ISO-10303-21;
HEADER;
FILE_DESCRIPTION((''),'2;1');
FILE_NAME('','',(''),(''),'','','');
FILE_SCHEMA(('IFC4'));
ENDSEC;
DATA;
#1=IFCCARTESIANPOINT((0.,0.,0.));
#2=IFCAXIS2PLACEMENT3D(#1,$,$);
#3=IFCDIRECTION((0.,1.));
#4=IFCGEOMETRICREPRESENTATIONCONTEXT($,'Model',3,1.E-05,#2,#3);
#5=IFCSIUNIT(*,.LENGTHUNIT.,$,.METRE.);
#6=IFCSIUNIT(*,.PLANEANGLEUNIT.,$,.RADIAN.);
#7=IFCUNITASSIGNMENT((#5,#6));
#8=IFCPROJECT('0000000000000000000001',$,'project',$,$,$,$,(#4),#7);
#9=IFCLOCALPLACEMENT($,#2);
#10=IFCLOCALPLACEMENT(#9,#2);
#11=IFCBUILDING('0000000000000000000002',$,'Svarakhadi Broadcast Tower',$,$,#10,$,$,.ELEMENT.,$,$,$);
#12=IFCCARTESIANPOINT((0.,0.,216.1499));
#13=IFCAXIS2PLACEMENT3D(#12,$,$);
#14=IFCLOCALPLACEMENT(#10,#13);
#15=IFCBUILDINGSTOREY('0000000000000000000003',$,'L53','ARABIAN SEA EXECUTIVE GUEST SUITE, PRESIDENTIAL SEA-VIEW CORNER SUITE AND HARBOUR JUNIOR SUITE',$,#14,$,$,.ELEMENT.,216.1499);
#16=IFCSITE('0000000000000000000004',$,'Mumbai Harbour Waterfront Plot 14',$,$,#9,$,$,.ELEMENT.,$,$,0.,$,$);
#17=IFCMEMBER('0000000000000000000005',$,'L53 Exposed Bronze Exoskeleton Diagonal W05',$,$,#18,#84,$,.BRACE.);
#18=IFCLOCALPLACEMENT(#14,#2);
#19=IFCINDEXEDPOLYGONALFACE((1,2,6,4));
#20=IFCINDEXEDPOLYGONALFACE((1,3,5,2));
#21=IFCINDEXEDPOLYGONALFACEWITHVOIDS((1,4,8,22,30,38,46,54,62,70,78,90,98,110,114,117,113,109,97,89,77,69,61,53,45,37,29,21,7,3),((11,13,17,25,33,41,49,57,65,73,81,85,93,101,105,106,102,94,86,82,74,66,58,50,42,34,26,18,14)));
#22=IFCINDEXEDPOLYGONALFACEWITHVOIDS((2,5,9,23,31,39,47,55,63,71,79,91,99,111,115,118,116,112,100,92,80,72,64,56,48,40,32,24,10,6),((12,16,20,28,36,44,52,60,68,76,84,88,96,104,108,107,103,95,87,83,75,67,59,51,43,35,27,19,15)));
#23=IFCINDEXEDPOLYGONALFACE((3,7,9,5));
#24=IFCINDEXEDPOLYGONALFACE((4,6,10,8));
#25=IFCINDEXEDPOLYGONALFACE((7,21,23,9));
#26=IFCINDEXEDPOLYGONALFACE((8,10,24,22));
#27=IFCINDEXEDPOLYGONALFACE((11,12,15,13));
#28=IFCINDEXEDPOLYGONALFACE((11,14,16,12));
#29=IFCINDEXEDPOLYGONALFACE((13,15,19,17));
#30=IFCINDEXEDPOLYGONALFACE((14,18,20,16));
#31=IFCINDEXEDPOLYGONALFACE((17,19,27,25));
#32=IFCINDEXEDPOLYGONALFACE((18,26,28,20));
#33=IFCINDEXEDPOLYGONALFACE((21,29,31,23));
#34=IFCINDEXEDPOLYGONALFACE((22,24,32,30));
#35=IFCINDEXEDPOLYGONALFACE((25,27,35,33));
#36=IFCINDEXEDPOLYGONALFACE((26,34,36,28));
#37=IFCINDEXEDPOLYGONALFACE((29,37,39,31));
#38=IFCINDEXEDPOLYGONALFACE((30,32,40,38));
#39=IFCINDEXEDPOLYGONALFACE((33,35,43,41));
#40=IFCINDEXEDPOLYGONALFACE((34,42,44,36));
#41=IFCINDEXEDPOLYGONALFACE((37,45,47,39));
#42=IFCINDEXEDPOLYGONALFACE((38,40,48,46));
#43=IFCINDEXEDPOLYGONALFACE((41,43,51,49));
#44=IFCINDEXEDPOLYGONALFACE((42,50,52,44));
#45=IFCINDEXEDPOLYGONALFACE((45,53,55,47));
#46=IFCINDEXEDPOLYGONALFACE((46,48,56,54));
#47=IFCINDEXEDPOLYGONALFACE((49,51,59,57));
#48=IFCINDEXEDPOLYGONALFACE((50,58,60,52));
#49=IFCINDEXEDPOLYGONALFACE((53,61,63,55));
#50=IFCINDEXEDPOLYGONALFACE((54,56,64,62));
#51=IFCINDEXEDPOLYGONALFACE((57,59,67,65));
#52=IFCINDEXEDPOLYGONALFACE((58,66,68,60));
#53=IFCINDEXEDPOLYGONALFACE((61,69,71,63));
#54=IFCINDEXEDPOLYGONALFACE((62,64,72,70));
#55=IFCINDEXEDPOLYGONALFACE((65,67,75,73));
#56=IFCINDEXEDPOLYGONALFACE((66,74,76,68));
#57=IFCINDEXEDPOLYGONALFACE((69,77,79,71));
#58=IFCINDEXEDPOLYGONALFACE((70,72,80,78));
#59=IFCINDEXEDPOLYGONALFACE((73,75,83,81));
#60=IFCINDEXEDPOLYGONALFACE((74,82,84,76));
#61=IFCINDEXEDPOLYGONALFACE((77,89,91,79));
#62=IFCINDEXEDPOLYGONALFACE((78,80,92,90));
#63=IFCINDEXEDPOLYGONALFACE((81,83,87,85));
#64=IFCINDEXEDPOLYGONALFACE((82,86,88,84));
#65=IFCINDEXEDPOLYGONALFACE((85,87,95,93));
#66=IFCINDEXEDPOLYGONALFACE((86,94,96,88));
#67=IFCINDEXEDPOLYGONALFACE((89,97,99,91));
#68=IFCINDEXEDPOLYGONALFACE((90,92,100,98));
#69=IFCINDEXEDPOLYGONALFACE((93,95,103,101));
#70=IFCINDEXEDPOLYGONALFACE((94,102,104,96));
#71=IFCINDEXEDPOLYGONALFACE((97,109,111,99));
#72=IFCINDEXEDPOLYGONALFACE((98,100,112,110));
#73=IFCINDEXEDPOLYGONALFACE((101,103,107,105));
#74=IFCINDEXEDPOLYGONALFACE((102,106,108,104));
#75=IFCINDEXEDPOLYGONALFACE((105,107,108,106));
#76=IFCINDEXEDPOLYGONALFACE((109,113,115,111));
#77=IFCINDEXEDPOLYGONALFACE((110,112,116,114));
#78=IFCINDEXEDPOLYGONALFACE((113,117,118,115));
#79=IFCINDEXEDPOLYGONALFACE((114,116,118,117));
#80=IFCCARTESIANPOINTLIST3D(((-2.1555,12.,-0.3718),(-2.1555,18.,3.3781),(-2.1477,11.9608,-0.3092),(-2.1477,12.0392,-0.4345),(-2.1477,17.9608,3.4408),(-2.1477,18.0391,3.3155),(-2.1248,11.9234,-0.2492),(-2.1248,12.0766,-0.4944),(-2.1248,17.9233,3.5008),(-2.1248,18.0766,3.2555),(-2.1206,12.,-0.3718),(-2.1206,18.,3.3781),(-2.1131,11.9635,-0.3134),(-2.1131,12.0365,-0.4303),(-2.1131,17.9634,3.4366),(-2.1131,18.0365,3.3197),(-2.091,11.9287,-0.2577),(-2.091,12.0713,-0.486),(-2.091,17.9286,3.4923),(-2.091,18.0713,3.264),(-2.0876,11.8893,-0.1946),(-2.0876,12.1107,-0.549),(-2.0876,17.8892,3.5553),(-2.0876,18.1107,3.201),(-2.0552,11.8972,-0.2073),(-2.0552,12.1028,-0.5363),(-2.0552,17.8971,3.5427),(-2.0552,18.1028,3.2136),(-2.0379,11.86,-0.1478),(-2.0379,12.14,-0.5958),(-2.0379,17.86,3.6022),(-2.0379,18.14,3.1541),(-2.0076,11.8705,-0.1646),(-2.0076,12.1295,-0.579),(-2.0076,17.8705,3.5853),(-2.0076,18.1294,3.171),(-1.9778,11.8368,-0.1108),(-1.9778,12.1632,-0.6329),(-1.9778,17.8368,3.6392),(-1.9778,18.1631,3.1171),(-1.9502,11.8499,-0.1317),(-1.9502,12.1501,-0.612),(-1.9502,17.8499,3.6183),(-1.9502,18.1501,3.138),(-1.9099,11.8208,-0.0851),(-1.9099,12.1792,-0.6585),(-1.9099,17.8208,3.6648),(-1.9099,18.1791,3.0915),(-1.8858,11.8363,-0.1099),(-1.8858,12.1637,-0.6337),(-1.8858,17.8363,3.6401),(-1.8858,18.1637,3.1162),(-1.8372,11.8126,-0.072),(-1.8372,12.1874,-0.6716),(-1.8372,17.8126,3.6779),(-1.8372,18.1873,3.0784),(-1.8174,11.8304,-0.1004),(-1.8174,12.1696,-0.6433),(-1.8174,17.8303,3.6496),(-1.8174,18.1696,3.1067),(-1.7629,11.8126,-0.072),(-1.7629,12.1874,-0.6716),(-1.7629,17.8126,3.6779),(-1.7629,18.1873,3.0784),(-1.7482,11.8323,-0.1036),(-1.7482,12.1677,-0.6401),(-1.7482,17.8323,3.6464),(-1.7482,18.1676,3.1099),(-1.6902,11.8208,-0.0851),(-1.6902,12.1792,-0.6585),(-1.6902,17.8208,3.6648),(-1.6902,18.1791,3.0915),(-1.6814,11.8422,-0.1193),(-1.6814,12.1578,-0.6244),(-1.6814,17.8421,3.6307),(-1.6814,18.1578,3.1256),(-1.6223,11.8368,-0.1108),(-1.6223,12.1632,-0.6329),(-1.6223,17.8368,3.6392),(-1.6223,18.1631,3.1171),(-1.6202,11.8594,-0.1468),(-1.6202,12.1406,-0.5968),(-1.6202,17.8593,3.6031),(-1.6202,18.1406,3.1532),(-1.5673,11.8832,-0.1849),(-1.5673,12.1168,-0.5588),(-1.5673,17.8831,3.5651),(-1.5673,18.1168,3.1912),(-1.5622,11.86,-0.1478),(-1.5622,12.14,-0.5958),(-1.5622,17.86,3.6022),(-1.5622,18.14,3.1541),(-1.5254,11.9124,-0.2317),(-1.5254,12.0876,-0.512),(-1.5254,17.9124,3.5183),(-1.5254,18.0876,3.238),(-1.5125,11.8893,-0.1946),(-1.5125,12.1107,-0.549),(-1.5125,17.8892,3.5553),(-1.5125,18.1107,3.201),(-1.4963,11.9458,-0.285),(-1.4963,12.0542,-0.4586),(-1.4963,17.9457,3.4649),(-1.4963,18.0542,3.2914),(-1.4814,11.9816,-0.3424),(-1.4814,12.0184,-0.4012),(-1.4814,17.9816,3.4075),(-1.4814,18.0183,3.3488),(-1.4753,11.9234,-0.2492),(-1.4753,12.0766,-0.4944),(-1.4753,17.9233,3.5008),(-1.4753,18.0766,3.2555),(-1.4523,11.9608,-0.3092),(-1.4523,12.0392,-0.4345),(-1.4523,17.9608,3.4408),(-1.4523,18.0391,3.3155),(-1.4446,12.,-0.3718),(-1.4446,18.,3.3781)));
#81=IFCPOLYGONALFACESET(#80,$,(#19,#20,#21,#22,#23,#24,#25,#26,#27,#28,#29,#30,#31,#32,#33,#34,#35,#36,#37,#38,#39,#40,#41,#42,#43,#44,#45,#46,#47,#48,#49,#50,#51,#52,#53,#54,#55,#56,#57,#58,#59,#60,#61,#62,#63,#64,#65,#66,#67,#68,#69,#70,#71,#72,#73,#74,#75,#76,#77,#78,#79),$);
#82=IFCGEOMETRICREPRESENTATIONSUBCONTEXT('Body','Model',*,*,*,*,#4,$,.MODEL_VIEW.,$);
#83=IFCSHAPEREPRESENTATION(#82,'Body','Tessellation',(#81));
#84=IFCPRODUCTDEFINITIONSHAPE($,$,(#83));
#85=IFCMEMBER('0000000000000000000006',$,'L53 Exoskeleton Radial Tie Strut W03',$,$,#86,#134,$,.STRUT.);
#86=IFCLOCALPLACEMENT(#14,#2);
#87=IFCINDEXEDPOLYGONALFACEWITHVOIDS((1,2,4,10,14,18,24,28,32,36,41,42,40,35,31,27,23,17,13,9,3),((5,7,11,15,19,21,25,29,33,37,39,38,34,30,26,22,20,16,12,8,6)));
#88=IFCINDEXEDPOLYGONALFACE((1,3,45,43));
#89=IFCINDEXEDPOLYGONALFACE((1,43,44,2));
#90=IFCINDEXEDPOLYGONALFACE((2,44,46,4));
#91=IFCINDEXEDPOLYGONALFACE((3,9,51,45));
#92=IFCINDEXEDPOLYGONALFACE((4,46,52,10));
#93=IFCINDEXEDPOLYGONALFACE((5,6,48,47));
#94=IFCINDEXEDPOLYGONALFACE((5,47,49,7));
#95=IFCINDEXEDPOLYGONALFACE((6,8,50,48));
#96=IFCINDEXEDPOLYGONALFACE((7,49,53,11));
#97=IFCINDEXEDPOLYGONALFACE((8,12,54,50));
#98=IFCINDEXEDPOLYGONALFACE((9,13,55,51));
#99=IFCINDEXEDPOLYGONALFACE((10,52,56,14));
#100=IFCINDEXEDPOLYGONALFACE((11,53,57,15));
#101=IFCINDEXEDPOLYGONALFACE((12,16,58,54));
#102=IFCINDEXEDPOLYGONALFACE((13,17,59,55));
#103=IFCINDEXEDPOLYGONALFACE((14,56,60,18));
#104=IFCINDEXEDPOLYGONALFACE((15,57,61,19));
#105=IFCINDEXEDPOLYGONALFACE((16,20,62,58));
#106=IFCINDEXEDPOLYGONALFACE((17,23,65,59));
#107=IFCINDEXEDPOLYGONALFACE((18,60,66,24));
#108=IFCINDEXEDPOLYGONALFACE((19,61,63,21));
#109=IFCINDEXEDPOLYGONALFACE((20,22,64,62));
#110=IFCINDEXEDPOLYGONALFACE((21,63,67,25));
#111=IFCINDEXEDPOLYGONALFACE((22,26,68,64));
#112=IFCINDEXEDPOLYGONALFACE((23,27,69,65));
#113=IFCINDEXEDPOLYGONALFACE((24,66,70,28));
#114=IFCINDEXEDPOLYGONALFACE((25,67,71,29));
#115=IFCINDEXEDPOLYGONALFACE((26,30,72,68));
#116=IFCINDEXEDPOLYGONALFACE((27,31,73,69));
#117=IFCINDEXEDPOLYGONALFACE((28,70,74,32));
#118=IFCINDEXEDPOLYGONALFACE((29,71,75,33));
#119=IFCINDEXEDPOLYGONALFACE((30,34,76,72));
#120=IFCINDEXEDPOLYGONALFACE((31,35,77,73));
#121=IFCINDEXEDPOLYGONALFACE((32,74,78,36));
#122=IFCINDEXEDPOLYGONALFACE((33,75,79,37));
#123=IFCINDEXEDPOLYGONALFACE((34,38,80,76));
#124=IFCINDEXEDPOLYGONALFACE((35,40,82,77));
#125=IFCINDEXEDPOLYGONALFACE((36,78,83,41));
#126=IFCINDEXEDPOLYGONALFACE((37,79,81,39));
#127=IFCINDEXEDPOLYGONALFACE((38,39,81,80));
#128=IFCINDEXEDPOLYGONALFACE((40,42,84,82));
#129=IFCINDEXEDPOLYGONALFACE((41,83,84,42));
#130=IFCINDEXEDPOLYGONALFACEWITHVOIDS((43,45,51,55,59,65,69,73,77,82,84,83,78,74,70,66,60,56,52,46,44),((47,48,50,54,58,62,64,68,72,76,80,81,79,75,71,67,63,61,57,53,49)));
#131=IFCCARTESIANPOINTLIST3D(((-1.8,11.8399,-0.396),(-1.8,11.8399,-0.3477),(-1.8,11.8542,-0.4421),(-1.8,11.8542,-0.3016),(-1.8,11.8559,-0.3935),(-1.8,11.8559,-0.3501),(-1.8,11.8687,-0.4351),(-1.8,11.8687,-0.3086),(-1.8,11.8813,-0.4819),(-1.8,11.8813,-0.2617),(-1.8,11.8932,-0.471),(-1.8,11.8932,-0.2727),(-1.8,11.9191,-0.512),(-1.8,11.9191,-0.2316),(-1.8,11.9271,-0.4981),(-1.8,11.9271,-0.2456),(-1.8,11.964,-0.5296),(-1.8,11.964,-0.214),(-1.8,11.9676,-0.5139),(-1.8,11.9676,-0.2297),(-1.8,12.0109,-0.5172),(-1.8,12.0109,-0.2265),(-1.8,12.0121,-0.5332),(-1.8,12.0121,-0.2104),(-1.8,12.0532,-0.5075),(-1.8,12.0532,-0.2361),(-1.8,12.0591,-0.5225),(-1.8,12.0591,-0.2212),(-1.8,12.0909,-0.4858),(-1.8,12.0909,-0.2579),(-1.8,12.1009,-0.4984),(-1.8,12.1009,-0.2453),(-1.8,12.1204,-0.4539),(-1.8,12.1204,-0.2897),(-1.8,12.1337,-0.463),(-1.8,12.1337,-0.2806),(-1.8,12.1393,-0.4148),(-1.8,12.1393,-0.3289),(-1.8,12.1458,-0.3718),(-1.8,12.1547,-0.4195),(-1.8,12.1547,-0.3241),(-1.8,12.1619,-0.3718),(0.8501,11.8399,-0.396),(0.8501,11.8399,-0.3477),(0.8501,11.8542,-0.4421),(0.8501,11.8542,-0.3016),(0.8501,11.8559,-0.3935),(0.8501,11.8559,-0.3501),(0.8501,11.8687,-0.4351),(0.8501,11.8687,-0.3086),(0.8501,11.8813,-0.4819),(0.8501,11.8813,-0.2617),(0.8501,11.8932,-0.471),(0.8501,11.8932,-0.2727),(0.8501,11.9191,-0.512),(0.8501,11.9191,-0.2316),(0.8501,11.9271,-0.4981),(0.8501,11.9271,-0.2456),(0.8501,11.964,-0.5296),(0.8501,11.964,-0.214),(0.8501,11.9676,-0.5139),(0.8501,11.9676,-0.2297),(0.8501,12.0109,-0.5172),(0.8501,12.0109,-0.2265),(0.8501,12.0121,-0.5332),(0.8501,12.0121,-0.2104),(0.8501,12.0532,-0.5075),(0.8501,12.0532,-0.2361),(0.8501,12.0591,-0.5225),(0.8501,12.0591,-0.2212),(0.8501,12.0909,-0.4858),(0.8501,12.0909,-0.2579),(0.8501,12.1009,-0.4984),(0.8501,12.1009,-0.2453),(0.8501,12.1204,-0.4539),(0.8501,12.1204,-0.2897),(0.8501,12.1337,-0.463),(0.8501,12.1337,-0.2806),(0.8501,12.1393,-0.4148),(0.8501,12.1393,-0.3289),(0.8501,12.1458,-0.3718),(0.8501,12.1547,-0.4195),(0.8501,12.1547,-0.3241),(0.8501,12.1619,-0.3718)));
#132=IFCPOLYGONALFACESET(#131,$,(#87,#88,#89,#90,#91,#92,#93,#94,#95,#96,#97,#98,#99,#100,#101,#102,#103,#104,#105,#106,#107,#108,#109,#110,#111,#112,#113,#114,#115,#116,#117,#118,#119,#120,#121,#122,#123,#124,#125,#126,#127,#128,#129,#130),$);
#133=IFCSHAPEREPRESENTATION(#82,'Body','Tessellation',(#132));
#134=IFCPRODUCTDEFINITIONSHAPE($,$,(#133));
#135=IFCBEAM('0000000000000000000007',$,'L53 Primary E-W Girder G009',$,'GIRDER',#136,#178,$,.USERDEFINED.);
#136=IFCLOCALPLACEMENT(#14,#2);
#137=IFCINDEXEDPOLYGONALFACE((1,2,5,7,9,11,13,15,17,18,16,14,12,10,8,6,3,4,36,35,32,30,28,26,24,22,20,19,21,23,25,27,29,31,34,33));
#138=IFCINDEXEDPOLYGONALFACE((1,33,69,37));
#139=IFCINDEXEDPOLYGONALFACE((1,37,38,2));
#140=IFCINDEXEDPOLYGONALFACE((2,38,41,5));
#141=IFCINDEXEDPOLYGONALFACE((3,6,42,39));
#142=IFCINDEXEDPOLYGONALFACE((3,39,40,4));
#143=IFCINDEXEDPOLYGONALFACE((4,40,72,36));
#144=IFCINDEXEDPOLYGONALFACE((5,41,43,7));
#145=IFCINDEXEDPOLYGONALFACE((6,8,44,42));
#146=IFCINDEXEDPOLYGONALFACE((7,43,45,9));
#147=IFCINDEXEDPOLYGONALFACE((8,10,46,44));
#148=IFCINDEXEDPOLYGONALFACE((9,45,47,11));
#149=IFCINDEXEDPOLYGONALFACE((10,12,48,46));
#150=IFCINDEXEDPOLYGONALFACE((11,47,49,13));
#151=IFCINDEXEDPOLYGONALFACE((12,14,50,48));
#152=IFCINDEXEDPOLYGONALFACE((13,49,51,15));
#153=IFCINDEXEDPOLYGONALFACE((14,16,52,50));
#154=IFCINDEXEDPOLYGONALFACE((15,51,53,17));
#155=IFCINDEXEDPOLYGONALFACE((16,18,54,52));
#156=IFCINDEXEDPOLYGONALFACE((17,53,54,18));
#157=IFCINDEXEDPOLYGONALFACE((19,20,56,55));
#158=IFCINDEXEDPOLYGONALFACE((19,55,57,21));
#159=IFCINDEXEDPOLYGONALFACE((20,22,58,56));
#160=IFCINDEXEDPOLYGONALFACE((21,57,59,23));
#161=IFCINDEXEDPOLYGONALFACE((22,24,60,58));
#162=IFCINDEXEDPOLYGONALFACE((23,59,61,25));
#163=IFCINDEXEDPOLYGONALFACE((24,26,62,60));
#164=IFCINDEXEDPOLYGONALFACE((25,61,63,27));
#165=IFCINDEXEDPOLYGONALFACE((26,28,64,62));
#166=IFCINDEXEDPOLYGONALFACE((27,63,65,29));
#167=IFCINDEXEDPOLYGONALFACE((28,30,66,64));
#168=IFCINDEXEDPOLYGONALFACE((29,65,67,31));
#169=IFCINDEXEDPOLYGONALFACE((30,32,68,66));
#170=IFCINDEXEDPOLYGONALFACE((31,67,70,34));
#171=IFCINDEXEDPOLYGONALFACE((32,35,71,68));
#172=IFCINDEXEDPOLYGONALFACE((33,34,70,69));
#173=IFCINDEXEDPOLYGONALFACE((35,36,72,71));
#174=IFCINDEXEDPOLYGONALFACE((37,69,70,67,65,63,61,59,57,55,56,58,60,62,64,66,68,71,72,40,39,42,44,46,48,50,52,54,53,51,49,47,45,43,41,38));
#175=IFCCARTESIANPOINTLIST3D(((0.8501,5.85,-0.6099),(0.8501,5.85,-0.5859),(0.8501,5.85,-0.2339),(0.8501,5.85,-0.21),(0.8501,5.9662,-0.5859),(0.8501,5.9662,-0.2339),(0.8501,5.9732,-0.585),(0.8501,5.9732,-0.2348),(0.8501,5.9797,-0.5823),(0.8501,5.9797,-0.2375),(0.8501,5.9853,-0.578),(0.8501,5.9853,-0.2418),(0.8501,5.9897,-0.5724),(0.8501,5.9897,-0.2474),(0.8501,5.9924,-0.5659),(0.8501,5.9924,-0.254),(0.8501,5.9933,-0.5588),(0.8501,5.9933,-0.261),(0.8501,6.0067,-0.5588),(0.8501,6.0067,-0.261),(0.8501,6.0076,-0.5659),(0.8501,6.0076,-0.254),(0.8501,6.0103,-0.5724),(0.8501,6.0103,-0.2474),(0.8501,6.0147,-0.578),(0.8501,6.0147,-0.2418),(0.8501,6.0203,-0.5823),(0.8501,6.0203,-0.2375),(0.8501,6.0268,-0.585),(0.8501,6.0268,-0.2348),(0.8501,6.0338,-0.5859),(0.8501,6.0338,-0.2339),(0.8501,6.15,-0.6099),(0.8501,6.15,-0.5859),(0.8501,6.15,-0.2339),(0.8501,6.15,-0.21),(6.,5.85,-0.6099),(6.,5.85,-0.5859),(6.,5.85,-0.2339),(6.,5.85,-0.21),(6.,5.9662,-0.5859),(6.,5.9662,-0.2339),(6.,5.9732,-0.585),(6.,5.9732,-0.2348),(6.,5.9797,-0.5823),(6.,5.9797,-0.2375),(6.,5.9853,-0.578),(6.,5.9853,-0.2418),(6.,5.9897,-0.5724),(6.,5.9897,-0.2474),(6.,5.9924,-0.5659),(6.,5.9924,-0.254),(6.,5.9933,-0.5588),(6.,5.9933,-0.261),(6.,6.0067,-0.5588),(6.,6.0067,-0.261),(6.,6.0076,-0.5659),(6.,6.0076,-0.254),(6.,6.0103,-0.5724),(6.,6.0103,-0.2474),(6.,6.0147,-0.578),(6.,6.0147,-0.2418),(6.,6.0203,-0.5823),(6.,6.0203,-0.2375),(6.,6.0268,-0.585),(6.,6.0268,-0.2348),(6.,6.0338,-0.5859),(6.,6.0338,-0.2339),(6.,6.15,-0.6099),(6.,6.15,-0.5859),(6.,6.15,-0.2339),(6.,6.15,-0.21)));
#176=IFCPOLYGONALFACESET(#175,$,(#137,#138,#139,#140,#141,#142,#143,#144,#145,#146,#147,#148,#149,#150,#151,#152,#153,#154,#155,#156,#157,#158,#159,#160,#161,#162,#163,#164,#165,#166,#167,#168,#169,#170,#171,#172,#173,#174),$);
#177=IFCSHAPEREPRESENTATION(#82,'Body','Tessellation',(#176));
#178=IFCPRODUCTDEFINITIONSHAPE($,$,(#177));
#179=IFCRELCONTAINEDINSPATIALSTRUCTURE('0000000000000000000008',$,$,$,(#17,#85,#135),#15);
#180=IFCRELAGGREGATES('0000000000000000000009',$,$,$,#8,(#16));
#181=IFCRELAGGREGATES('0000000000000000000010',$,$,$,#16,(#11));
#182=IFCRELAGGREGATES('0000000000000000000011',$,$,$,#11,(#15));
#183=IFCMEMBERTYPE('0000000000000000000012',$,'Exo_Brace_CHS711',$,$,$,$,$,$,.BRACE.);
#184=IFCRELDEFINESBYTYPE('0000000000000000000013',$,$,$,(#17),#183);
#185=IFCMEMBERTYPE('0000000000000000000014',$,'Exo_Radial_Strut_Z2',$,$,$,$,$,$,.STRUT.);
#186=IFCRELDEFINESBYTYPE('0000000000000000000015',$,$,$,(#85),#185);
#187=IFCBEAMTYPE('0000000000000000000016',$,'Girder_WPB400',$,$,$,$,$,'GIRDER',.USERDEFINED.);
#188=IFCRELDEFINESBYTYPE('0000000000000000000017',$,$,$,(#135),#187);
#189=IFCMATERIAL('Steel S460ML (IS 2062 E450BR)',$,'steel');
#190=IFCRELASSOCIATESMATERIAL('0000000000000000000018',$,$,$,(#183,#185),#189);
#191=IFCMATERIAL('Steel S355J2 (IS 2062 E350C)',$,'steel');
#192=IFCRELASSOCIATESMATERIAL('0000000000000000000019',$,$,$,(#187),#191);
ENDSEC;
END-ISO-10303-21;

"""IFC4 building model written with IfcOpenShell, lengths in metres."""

from ifc_helpers import new_model, si_unit, direction, frame, origin, origin_2d, place, context, subcontext, project, spatial, hollow_circle, i_section, extrude, material, material_profile, profile_set, type_object, element, save


model = new_model("IFC4")

# Units and contexts
model_context = context("Model", 3, precision=1e-05, world=origin(), true_north=direction((0.0, 1.0)))
body_context = subcontext(model_context, "Body", "Model", "MODEL_VIEW")
ifc_project = project(units=[si_unit("LENGTHUNIT", "METRE"), si_unit("PLANEANGLEUNIT", "RADIAN")], contexts=[model_context])

# Site, building, storey
site_placement = place(None, origin())
site = spatial("IfcSite", under=ifc_project, at=site_placement, Name="Mumbai Harbour Waterfront Plot 14", CompositionType="ELEMENT", RefElevation=0.0)
building_placement = place(site_placement, origin())
building = spatial("IfcBuilding", under=site, at=building_placement, Name="Svarakhadi Broadcast Tower", CompositionType="ELEMENT")
storey_placement = place(building_placement, frame((0.0, 0.0, 216.1499)))
storey = spatial("IfcBuildingStorey", under=building, at=storey_placement, Name="L53", Description="ARABIAN SEA EXECUTIVE GUEST SUITE, PRESIDENTIAL SEA-VIEW CORNER SUITE AND HARBOUR JUNIOR SUITE", CompositionType="ELEMENT", Elevation=216.1499)

# Shared definitions
ifc_material_1 = material(Name="Steel S460ML (IS 2062 E450BR)", Category="steel")

# Shared definitions
ifc_material_2 = material(Name="Steel S355J2 (IS 2062 E350C)", Category="steel")

# Members
ifc_material_profile_1 = material_profile(ifc_material_1, hollow_circle(Radius=0.3555, WallThickness=0.0349, at=origin_2d()), Name="CHS 711x35")
ifc_profile_set_1 = profile_set([ifc_material_profile_1], Name="Steel S460ML (IS 2062 E450BR)")
member_type_1 = type_object("IfcMemberType", Name="Exo_Brace_CHS711", PredefinedType="BRACE", material=ifc_profile_set_1)
for number, where, z_axis, x_axis, name in (
    (1, (-1.8, 12.0, -0.3718), (0.0, 0.847998, 0.529999), (-1.0, 0.0, 0.0), "L53 Exposed Bronze Exoskeleton Diagonal W05"),
):
    element("IfcMember", number, at=place(storey_placement, frame(where, z_axis=z_axis, x_axis=x_axis)), inside=storey, type_object=member_type_1, Name=name, PredefinedType="BRACE", context=body_context, shape_type="SweptSolid", body=[
        extrude(hollow_circle(Radius=0.3555, WallThickness=0.0349, at=origin_2d()), origin(), (0.0, 0.0, 1.0), 7.0754),
    ])
ifc_material_profile_2 = material_profile(ifc_material_1, hollow_circle(Radius=0.1619, WallThickness=0.0161, at=origin_2d()), Name="CHS 323.9x16")
ifc_profile_set_2 = profile_set([ifc_material_profile_2], Name="Steel S460ML (IS 2062 E450BR)")
member_type_2 = type_object("IfcMemberType", Name="Exo_Radial_Strut_Z2", PredefinedType="STRUT", material=ifc_profile_set_2)
member_1_placement = place(storey_placement, frame((-1.8, 12.0, -0.3718), z_axis=(1.0, 0.0, 0.0), x_axis=(0.0, 1.0, 0.0)))
element("IfcMember", 2, at=member_1_placement, inside=storey, type_object=member_type_2, Name="L53 Exoskeleton Radial Tie Strut W03", PredefinedType="STRUT", context=body_context, shape_type="SweptSolid", body=[
    extrude(hollow_circle(Radius=0.1619, WallThickness=0.0161, at=origin_2d()), origin(), (0.0, 0.0, 1.0), 2.6501),
])

# Beam
ifc_material_profile_3 = material_profile(ifc_material_2, i_section(OverallWidth=0.3, OverallDepth=0.3999, WebThickness=0.0134, FlangeThickness=0.0239, FilletRadius=0.0271, at=origin_2d()), Name="WPB 400x300x155")
ifc_profile_set_3 = profile_set([ifc_material_profile_3], Name="Steel S355J2 (IS 2062 E350C)")
beam_type_1 = type_object("IfcBeamType", Name="Girder_WPB400", ElementType="GIRDER", PredefinedType="USERDEFINED", material=ifc_profile_set_3)
beam_1_placement = place(storey_placement, frame((0.8501, 6.0, -0.4099), z_axis=(1.0, 0.0, 0.0), x_axis=(0.0, 1.0, 0.0)))
element("IfcBeam", 3, at=beam_1_placement, inside=storey, type_object=beam_type_1, Name="L53 Primary E-W Girder G009", ObjectType="GIRDER", PredefinedType="USERDEFINED", context=body_context, shape_type="SweptSolid", body=[
    extrude(i_section(OverallWidth=0.3, OverallDepth=0.3999, WebThickness=0.0134, FlangeThickness=0.0239, FilletRadius=0.0271, at=origin_2d()), origin(), (0.0, 0.0, 1.0), 5.1499),
])

save(model, "model.ifc")
